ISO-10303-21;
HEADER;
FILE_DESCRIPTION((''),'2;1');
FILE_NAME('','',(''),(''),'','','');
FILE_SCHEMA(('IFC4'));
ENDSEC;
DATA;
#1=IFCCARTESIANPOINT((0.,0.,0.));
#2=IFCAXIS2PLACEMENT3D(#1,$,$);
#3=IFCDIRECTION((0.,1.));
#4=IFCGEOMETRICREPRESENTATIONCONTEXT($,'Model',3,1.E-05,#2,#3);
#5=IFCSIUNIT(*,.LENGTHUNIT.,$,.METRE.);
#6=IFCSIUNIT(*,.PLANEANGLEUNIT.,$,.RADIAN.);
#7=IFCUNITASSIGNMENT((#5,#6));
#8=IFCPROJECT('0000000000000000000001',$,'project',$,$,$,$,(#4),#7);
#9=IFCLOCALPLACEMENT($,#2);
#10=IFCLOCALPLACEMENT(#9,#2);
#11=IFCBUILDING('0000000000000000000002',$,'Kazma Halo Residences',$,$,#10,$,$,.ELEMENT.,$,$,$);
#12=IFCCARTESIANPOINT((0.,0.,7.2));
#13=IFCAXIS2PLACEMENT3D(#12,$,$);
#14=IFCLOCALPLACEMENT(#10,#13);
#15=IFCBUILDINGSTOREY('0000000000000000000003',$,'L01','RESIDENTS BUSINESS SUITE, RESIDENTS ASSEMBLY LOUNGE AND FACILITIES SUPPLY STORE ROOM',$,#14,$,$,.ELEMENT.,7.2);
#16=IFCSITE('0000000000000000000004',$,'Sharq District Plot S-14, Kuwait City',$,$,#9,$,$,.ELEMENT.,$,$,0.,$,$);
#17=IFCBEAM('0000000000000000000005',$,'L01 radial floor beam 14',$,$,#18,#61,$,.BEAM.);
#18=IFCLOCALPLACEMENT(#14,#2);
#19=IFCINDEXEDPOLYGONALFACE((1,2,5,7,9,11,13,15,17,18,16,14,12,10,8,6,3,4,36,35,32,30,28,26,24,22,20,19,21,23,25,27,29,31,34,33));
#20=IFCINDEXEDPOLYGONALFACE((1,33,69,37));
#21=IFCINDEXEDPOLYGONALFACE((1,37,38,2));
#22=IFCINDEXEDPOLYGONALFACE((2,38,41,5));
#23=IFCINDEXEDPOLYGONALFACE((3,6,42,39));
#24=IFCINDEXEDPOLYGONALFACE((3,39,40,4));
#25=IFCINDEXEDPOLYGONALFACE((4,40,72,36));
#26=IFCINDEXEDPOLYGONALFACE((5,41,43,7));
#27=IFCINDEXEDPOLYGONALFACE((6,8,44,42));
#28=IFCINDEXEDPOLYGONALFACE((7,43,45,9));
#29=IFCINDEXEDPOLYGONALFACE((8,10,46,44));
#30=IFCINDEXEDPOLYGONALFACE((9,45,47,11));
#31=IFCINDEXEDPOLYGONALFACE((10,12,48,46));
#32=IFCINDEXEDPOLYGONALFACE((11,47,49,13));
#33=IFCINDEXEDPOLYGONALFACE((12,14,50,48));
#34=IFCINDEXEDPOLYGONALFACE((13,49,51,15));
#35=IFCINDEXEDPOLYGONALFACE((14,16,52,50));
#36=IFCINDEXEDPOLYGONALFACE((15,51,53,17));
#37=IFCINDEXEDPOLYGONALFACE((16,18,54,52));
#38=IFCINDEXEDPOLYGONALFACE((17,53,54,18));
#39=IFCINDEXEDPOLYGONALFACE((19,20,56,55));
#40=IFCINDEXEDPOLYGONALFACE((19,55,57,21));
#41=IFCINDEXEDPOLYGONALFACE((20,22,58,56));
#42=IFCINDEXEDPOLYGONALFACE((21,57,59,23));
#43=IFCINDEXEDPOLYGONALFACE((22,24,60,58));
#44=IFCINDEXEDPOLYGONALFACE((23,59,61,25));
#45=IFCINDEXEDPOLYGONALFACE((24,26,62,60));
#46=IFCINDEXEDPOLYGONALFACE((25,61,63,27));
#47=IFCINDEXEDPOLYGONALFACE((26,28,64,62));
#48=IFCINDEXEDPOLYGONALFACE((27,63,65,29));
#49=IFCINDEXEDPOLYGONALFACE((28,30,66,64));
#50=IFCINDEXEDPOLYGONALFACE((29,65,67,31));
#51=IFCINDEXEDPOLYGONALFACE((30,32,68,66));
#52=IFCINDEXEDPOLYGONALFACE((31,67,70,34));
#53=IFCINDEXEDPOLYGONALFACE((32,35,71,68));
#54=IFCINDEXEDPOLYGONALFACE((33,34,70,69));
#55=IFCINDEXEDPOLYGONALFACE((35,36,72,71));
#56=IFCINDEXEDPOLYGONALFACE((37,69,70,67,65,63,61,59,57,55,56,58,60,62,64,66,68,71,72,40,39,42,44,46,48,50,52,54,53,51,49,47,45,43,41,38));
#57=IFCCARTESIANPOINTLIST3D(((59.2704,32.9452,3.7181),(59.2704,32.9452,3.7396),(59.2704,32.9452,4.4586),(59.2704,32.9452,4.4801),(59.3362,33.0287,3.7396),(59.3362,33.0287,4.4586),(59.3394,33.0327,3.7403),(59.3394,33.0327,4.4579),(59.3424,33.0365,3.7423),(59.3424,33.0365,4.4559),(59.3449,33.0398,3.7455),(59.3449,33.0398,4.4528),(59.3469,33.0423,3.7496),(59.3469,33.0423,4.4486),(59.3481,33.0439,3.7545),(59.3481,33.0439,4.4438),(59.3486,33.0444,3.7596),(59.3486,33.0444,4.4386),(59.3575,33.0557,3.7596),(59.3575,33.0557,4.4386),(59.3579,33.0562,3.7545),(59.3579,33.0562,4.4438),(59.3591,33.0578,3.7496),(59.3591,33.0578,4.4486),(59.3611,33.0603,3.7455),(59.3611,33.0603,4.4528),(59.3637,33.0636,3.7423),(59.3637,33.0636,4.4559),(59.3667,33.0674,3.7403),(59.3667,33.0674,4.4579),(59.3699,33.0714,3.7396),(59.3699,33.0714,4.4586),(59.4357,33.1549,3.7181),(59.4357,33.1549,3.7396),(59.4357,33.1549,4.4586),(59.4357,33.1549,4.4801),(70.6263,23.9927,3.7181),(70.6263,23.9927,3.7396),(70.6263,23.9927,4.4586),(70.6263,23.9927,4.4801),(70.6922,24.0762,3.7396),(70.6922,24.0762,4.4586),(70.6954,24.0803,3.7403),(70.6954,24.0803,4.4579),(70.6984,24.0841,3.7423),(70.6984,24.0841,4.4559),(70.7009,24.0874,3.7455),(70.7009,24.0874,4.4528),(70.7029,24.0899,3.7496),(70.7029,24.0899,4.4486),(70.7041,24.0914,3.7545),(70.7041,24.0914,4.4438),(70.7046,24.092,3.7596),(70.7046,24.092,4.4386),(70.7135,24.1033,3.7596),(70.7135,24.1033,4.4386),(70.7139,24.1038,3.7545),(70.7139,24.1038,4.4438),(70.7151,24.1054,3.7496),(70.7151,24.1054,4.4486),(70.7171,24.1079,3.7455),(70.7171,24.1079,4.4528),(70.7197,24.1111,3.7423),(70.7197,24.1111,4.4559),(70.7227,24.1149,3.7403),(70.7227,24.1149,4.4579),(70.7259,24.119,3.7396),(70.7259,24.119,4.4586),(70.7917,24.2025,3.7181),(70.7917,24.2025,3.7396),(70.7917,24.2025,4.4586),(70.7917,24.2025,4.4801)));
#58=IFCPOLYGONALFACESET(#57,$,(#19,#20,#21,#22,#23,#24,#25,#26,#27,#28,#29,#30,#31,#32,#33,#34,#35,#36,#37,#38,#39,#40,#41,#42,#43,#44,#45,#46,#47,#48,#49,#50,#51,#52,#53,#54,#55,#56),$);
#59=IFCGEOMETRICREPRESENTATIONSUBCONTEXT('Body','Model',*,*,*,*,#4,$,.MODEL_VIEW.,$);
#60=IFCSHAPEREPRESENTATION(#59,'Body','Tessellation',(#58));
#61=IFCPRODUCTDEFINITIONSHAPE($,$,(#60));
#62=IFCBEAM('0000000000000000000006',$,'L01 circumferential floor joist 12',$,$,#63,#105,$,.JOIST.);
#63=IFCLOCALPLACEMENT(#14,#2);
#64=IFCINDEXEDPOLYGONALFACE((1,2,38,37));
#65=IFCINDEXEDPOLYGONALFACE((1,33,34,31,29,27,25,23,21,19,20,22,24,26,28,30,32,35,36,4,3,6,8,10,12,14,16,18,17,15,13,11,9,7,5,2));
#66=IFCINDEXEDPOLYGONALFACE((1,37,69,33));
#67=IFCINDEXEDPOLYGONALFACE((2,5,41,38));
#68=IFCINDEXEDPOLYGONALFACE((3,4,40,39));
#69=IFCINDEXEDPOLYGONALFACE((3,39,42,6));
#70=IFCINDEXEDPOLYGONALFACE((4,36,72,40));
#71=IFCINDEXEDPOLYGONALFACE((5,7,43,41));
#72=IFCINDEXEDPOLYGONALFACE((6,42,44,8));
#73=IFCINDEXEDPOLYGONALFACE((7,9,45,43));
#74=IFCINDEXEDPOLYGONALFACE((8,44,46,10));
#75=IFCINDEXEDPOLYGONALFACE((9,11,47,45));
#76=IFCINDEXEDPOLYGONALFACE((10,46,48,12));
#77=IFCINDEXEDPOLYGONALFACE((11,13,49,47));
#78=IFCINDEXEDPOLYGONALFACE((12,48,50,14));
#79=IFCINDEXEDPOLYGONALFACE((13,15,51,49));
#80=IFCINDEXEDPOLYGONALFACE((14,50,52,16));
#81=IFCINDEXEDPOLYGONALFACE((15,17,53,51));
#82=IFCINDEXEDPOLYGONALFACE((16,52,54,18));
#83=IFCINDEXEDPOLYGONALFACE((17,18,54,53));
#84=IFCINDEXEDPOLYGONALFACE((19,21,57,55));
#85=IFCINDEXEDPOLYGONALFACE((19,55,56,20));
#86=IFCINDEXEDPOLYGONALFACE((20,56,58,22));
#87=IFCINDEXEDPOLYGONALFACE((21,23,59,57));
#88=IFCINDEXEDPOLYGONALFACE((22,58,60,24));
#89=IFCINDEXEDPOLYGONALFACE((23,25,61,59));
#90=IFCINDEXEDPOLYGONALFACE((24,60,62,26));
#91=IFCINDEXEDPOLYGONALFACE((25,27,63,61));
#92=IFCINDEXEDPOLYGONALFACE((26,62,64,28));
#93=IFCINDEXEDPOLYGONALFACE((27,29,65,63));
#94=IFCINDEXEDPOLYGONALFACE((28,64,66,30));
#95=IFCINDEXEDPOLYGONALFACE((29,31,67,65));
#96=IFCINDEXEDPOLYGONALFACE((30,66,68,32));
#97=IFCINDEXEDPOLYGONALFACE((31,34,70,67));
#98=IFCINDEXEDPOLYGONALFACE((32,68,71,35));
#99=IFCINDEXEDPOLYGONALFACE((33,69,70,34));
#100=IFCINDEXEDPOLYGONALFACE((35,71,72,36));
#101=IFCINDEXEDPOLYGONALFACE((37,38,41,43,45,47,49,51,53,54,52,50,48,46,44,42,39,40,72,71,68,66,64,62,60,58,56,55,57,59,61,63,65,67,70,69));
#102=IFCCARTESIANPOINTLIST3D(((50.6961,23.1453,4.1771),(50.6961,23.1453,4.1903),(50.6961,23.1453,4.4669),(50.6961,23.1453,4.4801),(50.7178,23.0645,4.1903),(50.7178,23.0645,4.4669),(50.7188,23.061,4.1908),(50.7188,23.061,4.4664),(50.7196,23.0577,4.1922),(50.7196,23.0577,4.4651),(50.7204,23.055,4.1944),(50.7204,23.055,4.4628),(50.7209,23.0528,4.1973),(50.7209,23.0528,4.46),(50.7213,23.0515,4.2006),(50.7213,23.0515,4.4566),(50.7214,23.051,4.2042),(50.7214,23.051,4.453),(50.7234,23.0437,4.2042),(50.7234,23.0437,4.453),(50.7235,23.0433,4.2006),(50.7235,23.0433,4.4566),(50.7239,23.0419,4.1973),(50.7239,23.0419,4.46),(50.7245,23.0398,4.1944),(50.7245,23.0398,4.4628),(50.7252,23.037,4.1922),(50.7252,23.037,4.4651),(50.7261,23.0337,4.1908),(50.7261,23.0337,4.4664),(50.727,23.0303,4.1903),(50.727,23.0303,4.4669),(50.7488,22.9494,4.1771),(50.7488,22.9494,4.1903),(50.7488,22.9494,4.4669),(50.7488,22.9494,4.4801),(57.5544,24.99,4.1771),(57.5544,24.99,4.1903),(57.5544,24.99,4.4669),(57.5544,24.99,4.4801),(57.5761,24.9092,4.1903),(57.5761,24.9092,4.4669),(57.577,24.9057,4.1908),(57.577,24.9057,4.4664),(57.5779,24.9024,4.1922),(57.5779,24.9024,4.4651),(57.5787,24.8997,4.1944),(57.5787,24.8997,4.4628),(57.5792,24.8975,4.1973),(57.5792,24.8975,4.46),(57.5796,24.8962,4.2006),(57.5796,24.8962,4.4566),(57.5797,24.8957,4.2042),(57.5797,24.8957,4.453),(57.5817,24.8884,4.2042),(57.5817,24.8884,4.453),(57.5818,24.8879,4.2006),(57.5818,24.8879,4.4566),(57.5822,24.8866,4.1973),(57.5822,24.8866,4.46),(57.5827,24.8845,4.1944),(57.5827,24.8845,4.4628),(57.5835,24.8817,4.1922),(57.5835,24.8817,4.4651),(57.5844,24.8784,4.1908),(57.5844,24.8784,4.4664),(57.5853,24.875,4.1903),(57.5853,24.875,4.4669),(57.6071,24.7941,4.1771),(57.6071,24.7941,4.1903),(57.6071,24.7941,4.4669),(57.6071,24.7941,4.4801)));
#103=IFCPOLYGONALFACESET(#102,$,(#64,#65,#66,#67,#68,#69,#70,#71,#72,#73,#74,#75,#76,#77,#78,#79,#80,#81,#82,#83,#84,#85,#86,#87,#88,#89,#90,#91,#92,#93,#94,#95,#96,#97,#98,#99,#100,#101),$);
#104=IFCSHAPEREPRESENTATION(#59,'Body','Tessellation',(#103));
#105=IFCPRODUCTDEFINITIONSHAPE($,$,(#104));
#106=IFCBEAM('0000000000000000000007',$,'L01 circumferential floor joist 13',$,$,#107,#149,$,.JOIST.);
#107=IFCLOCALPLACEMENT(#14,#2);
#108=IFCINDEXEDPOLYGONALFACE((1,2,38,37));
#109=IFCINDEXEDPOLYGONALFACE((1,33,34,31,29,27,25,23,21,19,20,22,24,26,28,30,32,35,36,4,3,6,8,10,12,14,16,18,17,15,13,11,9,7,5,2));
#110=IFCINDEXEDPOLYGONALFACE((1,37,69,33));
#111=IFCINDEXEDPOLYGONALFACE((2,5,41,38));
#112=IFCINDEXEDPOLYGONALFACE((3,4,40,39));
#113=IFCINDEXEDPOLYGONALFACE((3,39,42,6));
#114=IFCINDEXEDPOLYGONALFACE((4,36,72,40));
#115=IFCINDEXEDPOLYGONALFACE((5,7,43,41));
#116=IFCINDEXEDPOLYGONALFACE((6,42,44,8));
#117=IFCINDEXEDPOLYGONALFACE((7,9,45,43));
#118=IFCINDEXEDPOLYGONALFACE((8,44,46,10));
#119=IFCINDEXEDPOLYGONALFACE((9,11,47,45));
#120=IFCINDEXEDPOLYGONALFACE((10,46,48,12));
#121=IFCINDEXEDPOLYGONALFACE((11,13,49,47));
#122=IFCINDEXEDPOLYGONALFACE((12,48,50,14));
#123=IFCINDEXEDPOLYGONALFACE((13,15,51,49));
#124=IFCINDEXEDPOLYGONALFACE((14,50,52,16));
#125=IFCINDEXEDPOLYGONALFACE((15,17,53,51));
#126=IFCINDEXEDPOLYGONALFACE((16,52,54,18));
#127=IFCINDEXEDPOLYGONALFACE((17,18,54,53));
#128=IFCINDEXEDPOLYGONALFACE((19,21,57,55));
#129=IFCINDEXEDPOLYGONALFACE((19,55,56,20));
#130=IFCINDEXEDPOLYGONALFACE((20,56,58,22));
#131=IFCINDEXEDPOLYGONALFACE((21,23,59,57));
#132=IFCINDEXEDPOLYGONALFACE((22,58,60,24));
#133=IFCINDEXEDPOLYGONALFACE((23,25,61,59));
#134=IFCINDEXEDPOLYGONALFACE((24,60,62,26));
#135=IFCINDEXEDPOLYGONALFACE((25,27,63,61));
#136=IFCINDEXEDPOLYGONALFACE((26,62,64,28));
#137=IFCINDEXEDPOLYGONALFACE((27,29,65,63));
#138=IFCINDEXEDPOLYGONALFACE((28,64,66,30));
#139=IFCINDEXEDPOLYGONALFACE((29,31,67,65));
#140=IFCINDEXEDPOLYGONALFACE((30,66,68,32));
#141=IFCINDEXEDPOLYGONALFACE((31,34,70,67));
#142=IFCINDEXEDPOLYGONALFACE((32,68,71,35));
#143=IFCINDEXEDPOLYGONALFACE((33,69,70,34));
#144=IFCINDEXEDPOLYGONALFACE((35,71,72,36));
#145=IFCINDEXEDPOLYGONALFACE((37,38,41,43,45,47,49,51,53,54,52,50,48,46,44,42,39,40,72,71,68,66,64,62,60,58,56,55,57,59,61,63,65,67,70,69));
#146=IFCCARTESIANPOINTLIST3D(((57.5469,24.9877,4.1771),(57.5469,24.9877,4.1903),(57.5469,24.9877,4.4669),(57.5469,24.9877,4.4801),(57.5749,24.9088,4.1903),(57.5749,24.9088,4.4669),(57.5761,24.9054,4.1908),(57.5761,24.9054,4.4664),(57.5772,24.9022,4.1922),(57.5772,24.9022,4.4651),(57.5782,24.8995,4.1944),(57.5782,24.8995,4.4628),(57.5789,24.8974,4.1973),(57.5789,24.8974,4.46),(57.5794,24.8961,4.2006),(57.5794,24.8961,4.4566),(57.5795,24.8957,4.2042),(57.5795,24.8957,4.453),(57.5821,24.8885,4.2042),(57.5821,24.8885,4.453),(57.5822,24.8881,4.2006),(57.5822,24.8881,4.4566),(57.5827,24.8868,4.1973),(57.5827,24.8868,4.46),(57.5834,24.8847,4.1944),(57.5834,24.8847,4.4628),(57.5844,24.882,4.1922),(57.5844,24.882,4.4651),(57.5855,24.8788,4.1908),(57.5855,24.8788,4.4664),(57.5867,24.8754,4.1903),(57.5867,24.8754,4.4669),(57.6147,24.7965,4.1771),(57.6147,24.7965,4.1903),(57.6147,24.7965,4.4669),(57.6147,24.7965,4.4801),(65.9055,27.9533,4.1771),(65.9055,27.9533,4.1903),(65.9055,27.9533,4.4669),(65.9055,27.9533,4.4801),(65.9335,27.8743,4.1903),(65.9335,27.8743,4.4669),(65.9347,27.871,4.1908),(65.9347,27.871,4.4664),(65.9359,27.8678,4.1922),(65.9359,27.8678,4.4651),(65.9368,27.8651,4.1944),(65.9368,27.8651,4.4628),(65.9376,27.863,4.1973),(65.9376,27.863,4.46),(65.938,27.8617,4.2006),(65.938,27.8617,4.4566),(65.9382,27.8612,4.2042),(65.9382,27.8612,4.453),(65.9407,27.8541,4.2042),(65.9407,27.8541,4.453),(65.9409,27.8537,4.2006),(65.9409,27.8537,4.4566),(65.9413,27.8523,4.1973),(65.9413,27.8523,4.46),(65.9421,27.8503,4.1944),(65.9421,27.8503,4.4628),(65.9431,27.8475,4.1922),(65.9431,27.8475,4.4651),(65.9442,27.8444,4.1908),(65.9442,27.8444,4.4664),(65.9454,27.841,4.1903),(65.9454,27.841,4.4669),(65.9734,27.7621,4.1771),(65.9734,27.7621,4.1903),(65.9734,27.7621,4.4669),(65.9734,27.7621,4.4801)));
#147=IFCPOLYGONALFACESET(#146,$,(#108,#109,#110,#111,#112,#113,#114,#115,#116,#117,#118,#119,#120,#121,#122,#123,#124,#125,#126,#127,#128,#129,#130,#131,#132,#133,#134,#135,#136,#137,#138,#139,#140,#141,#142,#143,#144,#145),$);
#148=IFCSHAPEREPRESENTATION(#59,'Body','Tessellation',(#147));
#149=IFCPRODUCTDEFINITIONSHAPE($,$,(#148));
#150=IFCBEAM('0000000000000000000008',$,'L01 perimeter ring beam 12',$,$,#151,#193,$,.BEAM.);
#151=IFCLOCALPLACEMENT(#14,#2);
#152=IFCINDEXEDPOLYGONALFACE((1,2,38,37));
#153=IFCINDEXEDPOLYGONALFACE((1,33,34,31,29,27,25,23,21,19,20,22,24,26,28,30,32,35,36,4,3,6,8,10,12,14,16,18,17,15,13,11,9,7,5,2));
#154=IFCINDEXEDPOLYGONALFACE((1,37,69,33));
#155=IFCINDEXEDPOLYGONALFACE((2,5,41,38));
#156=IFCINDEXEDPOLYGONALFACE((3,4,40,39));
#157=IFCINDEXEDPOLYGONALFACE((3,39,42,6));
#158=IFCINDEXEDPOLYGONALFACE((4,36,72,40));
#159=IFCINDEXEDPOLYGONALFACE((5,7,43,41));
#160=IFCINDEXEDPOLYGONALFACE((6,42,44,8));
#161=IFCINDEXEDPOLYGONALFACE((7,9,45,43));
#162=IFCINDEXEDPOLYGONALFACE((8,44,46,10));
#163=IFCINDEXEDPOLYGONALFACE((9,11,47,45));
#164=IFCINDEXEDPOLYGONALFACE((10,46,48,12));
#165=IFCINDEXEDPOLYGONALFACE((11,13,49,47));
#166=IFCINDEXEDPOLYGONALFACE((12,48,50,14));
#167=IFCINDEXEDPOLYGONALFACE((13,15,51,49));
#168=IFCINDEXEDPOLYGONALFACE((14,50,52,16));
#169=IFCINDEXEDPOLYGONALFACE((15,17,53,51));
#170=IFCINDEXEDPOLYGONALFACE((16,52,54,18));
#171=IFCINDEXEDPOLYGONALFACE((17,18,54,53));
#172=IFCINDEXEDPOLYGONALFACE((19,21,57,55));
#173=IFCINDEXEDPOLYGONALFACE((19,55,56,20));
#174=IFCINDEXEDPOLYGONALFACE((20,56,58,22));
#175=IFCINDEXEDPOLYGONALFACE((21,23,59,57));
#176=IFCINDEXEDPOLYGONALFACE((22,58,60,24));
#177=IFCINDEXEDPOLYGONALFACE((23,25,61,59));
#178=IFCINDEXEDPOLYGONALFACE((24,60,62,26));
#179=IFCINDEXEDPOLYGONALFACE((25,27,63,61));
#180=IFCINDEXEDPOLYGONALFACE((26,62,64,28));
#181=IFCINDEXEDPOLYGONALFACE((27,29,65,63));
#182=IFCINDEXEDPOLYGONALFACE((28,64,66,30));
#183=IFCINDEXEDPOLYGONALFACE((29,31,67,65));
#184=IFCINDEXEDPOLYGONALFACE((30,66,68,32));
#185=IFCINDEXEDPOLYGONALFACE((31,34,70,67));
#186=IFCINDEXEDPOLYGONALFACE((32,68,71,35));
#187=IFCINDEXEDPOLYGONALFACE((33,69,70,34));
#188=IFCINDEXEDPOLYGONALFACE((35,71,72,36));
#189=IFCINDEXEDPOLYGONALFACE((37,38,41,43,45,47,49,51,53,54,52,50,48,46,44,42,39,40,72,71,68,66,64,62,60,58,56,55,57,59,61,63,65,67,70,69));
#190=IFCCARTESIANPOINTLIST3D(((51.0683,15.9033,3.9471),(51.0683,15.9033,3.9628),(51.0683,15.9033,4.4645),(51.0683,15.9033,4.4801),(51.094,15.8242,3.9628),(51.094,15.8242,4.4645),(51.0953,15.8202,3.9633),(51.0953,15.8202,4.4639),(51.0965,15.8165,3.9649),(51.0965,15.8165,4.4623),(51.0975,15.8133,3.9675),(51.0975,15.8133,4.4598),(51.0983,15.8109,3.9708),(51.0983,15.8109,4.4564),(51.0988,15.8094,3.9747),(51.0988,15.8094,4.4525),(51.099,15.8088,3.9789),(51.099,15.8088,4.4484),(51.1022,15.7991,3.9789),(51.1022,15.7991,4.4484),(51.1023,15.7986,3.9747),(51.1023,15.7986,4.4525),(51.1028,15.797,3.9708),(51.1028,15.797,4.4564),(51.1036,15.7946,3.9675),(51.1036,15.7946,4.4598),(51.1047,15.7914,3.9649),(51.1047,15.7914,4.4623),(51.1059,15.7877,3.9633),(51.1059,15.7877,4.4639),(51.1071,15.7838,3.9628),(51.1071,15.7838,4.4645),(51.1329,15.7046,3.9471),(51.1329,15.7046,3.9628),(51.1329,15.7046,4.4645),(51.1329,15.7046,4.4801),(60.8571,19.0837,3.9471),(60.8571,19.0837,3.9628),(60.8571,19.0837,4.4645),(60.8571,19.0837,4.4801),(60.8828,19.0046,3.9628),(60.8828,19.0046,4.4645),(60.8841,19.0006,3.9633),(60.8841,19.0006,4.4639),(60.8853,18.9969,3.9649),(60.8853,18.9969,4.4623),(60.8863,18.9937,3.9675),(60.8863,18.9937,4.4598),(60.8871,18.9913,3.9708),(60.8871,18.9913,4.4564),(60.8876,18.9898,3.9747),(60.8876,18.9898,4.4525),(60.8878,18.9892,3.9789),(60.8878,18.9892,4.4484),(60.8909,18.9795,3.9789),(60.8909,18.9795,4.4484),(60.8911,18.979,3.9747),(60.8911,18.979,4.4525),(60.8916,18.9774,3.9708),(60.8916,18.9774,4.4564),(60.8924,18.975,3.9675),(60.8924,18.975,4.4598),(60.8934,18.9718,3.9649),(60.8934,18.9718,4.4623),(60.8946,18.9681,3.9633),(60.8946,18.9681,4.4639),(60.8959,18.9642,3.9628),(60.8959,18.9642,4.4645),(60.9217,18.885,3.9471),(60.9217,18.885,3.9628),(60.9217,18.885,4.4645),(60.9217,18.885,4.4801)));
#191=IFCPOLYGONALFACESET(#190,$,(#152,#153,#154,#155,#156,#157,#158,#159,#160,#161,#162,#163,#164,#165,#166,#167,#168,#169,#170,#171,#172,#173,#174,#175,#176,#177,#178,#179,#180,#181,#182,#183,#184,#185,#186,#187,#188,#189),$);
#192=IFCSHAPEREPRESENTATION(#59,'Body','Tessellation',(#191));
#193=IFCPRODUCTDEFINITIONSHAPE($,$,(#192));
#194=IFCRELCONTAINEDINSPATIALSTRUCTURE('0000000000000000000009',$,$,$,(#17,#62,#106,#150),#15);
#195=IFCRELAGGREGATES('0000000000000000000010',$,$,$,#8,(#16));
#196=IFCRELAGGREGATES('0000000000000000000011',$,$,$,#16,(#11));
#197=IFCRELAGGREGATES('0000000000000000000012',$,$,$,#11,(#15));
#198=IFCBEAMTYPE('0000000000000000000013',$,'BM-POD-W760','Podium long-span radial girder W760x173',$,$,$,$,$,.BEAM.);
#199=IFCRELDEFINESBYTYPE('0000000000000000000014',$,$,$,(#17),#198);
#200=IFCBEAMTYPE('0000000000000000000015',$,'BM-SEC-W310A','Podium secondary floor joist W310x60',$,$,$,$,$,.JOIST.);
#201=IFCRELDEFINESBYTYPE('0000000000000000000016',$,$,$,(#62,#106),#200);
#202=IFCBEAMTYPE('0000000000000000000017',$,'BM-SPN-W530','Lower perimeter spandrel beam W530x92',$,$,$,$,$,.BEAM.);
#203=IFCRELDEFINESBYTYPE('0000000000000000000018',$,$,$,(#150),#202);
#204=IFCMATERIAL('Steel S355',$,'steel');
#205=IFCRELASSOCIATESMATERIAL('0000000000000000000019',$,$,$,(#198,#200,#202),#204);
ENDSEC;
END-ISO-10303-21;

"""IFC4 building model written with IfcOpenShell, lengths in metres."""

from ifc_helpers import new_model, si_unit, direction, frame, origin, origin_2d, place, context, subcontext, project, spatial, i_section, extrude, material, material_profile, profile_set, type_object, element, save


model = new_model("IFC4")

# Units and contexts
model_context = context("Model", 3, precision=1e-05, world=origin(), true_north=direction((0.0, 1.0)))
body_context = subcontext(model_context, "Body", "Model", "MODEL_VIEW")
ifc_project = project(units=[si_unit("LENGTHUNIT", "METRE"), si_unit("PLANEANGLEUNIT", "RADIAN")], contexts=[model_context])

# Site, building, storey
site_placement = place(None, origin())
site = spatial("IfcSite", under=ifc_project, at=site_placement, Name="Sharq District Plot S-14, Kuwait City", CompositionType="ELEMENT", RefElevation=0.0)
building_placement = place(site_placement, origin())
building = spatial("IfcBuilding", under=site, at=building_placement, Name="Kazma Halo Residences", CompositionType="ELEMENT")
storey_placement = place(building_placement, frame((0.0, 0.0, 7.2)))
storey = spatial("IfcBuildingStorey", under=building, at=storey_placement, Name="L01", Description="RESIDENTS BUSINESS SUITE, RESIDENTS ASSEMBLY LOUNGE AND FACILITIES SUPPLY STORE ROOM", CompositionType="ELEMENT", Elevation=7.2)

# Beams
ifc_material_1 = material(Name="Steel S355", Category="steel")
ifc_material_profile_1 = material_profile(ifc_material_1, i_section(OverallWidth=0.2671, OverallDepth=0.762, WebThickness=0.0144, FlangeThickness=0.0215, FilletRadius=0.02, at=origin_2d()), Name="W760x173")
ifc_profile_set_1 = profile_set([ifc_material_profile_1], Name="Steel S355")
beam_type_1 = type_object("IfcBeamType", Name="BM-POD-W760", Description="Podium long-span radial girder W760x173", PredefinedType="BEAM", material=ifc_profile_set_1)
beam_1_placement = place(storey_placement, frame((59.353, 33.05, 4.0991), z_axis=(0.785314, -0.619097, 0.0), x_axis=(0.619097, 0.785314, 0.0)))
element("IfcBeam", 1, at=beam_1_placement, inside=storey, type_object=beam_type_1, Name="L01 radial floor beam 14", PredefinedType="BEAM", context=body_context, shape_type="SweptSolid", body=[
    extrude(i_section(OverallWidth=0.2671, OverallDepth=0.762, WebThickness=0.0144, FlangeThickness=0.0215, FilletRadius=0.02, at=origin_2d()), origin(), (0.0, 0.0, 1.0), 14.4604),
])
ifc_material_profile_2 = material_profile(ifc_material_1, i_section(OverallWidth=0.2029, OverallDepth=0.303, WebThickness=0.0076, FlangeThickness=0.0132, FilletRadius=0.0139, at=origin_2d()), Name="W310x60")
ifc_profile_set_2 = profile_set([ifc_material_profile_2], Name="Steel S355")
beam_type_2 = type_object("IfcBeamType", Name="BM-SEC-W310A", Description="Podium secondary floor joist W310x60", PredefinedType="JOIST", material=ifc_profile_set_2)
beam_2_placement = place(storey_placement, frame((50.7224, 23.0474, 4.3286), z_axis=(0.965678, 0.259742, 0.0), x_axis=(-0.259742, 0.965678, 0.0)))
element("IfcBeam", 2, at=beam_2_placement, inside=storey, type_object=beam_type_2, Name="L01 circumferential floor joist 12", PredefinedType="JOIST", context=body_context, shape_type="SweptSolid", body=[
    extrude(i_section(OverallWidth=0.2029, OverallDepth=0.303, WebThickness=0.0076, FlangeThickness=0.0132, FilletRadius=0.0139, at=origin_2d()), origin(), (0.0, 0.0, 1.0), 7.1021),
])
beam_3_placement = place(storey_placement, frame((57.5808, 24.8921, 4.3286), z_axis=(0.942442, 0.33437, 0.0), x_axis=(-0.33437, 0.942442, 0.0)))
element("IfcBeam", 3, at=beam_3_placement, inside=storey, type_object=beam_type_2, Name="L01 circumferential floor joist 13", PredefinedType="JOIST", context=body_context, shape_type="SweptSolid", body=[
    extrude(i_section(OverallWidth=0.2029, OverallDepth=0.303, WebThickness=0.0076, FlangeThickness=0.0132, FilletRadius=0.0139, at=origin_2d()), origin(), (0.0, 0.0, 1.0), 8.8691),
])
ifc_material_profile_3 = material_profile(ifc_material_1, i_section(OverallWidth=0.209, OverallDepth=0.533, WebThickness=0.0103, FlangeThickness=0.0156, FilletRadius=0.0161, at=origin_2d()), Name="W530x92")
ifc_profile_set_3 = profile_set([ifc_material_profile_3], Name="Steel S355")
beam_type_3 = type_object("IfcBeamType", Name="BM-SPN-W530", Description="Lower perimeter spandrel beam W530x92", PredefinedType="BEAM", material=ifc_profile_set_3)
beam_4_placement = place(storey_placement, frame((51.1006, 15.804, 4.2136), z_axis=(0.951061, 0.309003, 0.0), x_axis=(-0.309003, 0.951061, 0.0)))
element("IfcBeam", 4, at=beam_4_placement, inside=storey, type_object=beam_type_3, Name="L01 perimeter ring beam 12", PredefinedType="BEAM", context=body_context, shape_type="SweptSolid", body=[
    extrude(i_section(OverallWidth=0.209, OverallDepth=0.533, WebThickness=0.0103, FlangeThickness=0.0156, FilletRadius=0.0161, at=origin_2d()), origin(), (0.0, 0.0, 1.0), 10.2925),
])

save(model, "model.ifc")
